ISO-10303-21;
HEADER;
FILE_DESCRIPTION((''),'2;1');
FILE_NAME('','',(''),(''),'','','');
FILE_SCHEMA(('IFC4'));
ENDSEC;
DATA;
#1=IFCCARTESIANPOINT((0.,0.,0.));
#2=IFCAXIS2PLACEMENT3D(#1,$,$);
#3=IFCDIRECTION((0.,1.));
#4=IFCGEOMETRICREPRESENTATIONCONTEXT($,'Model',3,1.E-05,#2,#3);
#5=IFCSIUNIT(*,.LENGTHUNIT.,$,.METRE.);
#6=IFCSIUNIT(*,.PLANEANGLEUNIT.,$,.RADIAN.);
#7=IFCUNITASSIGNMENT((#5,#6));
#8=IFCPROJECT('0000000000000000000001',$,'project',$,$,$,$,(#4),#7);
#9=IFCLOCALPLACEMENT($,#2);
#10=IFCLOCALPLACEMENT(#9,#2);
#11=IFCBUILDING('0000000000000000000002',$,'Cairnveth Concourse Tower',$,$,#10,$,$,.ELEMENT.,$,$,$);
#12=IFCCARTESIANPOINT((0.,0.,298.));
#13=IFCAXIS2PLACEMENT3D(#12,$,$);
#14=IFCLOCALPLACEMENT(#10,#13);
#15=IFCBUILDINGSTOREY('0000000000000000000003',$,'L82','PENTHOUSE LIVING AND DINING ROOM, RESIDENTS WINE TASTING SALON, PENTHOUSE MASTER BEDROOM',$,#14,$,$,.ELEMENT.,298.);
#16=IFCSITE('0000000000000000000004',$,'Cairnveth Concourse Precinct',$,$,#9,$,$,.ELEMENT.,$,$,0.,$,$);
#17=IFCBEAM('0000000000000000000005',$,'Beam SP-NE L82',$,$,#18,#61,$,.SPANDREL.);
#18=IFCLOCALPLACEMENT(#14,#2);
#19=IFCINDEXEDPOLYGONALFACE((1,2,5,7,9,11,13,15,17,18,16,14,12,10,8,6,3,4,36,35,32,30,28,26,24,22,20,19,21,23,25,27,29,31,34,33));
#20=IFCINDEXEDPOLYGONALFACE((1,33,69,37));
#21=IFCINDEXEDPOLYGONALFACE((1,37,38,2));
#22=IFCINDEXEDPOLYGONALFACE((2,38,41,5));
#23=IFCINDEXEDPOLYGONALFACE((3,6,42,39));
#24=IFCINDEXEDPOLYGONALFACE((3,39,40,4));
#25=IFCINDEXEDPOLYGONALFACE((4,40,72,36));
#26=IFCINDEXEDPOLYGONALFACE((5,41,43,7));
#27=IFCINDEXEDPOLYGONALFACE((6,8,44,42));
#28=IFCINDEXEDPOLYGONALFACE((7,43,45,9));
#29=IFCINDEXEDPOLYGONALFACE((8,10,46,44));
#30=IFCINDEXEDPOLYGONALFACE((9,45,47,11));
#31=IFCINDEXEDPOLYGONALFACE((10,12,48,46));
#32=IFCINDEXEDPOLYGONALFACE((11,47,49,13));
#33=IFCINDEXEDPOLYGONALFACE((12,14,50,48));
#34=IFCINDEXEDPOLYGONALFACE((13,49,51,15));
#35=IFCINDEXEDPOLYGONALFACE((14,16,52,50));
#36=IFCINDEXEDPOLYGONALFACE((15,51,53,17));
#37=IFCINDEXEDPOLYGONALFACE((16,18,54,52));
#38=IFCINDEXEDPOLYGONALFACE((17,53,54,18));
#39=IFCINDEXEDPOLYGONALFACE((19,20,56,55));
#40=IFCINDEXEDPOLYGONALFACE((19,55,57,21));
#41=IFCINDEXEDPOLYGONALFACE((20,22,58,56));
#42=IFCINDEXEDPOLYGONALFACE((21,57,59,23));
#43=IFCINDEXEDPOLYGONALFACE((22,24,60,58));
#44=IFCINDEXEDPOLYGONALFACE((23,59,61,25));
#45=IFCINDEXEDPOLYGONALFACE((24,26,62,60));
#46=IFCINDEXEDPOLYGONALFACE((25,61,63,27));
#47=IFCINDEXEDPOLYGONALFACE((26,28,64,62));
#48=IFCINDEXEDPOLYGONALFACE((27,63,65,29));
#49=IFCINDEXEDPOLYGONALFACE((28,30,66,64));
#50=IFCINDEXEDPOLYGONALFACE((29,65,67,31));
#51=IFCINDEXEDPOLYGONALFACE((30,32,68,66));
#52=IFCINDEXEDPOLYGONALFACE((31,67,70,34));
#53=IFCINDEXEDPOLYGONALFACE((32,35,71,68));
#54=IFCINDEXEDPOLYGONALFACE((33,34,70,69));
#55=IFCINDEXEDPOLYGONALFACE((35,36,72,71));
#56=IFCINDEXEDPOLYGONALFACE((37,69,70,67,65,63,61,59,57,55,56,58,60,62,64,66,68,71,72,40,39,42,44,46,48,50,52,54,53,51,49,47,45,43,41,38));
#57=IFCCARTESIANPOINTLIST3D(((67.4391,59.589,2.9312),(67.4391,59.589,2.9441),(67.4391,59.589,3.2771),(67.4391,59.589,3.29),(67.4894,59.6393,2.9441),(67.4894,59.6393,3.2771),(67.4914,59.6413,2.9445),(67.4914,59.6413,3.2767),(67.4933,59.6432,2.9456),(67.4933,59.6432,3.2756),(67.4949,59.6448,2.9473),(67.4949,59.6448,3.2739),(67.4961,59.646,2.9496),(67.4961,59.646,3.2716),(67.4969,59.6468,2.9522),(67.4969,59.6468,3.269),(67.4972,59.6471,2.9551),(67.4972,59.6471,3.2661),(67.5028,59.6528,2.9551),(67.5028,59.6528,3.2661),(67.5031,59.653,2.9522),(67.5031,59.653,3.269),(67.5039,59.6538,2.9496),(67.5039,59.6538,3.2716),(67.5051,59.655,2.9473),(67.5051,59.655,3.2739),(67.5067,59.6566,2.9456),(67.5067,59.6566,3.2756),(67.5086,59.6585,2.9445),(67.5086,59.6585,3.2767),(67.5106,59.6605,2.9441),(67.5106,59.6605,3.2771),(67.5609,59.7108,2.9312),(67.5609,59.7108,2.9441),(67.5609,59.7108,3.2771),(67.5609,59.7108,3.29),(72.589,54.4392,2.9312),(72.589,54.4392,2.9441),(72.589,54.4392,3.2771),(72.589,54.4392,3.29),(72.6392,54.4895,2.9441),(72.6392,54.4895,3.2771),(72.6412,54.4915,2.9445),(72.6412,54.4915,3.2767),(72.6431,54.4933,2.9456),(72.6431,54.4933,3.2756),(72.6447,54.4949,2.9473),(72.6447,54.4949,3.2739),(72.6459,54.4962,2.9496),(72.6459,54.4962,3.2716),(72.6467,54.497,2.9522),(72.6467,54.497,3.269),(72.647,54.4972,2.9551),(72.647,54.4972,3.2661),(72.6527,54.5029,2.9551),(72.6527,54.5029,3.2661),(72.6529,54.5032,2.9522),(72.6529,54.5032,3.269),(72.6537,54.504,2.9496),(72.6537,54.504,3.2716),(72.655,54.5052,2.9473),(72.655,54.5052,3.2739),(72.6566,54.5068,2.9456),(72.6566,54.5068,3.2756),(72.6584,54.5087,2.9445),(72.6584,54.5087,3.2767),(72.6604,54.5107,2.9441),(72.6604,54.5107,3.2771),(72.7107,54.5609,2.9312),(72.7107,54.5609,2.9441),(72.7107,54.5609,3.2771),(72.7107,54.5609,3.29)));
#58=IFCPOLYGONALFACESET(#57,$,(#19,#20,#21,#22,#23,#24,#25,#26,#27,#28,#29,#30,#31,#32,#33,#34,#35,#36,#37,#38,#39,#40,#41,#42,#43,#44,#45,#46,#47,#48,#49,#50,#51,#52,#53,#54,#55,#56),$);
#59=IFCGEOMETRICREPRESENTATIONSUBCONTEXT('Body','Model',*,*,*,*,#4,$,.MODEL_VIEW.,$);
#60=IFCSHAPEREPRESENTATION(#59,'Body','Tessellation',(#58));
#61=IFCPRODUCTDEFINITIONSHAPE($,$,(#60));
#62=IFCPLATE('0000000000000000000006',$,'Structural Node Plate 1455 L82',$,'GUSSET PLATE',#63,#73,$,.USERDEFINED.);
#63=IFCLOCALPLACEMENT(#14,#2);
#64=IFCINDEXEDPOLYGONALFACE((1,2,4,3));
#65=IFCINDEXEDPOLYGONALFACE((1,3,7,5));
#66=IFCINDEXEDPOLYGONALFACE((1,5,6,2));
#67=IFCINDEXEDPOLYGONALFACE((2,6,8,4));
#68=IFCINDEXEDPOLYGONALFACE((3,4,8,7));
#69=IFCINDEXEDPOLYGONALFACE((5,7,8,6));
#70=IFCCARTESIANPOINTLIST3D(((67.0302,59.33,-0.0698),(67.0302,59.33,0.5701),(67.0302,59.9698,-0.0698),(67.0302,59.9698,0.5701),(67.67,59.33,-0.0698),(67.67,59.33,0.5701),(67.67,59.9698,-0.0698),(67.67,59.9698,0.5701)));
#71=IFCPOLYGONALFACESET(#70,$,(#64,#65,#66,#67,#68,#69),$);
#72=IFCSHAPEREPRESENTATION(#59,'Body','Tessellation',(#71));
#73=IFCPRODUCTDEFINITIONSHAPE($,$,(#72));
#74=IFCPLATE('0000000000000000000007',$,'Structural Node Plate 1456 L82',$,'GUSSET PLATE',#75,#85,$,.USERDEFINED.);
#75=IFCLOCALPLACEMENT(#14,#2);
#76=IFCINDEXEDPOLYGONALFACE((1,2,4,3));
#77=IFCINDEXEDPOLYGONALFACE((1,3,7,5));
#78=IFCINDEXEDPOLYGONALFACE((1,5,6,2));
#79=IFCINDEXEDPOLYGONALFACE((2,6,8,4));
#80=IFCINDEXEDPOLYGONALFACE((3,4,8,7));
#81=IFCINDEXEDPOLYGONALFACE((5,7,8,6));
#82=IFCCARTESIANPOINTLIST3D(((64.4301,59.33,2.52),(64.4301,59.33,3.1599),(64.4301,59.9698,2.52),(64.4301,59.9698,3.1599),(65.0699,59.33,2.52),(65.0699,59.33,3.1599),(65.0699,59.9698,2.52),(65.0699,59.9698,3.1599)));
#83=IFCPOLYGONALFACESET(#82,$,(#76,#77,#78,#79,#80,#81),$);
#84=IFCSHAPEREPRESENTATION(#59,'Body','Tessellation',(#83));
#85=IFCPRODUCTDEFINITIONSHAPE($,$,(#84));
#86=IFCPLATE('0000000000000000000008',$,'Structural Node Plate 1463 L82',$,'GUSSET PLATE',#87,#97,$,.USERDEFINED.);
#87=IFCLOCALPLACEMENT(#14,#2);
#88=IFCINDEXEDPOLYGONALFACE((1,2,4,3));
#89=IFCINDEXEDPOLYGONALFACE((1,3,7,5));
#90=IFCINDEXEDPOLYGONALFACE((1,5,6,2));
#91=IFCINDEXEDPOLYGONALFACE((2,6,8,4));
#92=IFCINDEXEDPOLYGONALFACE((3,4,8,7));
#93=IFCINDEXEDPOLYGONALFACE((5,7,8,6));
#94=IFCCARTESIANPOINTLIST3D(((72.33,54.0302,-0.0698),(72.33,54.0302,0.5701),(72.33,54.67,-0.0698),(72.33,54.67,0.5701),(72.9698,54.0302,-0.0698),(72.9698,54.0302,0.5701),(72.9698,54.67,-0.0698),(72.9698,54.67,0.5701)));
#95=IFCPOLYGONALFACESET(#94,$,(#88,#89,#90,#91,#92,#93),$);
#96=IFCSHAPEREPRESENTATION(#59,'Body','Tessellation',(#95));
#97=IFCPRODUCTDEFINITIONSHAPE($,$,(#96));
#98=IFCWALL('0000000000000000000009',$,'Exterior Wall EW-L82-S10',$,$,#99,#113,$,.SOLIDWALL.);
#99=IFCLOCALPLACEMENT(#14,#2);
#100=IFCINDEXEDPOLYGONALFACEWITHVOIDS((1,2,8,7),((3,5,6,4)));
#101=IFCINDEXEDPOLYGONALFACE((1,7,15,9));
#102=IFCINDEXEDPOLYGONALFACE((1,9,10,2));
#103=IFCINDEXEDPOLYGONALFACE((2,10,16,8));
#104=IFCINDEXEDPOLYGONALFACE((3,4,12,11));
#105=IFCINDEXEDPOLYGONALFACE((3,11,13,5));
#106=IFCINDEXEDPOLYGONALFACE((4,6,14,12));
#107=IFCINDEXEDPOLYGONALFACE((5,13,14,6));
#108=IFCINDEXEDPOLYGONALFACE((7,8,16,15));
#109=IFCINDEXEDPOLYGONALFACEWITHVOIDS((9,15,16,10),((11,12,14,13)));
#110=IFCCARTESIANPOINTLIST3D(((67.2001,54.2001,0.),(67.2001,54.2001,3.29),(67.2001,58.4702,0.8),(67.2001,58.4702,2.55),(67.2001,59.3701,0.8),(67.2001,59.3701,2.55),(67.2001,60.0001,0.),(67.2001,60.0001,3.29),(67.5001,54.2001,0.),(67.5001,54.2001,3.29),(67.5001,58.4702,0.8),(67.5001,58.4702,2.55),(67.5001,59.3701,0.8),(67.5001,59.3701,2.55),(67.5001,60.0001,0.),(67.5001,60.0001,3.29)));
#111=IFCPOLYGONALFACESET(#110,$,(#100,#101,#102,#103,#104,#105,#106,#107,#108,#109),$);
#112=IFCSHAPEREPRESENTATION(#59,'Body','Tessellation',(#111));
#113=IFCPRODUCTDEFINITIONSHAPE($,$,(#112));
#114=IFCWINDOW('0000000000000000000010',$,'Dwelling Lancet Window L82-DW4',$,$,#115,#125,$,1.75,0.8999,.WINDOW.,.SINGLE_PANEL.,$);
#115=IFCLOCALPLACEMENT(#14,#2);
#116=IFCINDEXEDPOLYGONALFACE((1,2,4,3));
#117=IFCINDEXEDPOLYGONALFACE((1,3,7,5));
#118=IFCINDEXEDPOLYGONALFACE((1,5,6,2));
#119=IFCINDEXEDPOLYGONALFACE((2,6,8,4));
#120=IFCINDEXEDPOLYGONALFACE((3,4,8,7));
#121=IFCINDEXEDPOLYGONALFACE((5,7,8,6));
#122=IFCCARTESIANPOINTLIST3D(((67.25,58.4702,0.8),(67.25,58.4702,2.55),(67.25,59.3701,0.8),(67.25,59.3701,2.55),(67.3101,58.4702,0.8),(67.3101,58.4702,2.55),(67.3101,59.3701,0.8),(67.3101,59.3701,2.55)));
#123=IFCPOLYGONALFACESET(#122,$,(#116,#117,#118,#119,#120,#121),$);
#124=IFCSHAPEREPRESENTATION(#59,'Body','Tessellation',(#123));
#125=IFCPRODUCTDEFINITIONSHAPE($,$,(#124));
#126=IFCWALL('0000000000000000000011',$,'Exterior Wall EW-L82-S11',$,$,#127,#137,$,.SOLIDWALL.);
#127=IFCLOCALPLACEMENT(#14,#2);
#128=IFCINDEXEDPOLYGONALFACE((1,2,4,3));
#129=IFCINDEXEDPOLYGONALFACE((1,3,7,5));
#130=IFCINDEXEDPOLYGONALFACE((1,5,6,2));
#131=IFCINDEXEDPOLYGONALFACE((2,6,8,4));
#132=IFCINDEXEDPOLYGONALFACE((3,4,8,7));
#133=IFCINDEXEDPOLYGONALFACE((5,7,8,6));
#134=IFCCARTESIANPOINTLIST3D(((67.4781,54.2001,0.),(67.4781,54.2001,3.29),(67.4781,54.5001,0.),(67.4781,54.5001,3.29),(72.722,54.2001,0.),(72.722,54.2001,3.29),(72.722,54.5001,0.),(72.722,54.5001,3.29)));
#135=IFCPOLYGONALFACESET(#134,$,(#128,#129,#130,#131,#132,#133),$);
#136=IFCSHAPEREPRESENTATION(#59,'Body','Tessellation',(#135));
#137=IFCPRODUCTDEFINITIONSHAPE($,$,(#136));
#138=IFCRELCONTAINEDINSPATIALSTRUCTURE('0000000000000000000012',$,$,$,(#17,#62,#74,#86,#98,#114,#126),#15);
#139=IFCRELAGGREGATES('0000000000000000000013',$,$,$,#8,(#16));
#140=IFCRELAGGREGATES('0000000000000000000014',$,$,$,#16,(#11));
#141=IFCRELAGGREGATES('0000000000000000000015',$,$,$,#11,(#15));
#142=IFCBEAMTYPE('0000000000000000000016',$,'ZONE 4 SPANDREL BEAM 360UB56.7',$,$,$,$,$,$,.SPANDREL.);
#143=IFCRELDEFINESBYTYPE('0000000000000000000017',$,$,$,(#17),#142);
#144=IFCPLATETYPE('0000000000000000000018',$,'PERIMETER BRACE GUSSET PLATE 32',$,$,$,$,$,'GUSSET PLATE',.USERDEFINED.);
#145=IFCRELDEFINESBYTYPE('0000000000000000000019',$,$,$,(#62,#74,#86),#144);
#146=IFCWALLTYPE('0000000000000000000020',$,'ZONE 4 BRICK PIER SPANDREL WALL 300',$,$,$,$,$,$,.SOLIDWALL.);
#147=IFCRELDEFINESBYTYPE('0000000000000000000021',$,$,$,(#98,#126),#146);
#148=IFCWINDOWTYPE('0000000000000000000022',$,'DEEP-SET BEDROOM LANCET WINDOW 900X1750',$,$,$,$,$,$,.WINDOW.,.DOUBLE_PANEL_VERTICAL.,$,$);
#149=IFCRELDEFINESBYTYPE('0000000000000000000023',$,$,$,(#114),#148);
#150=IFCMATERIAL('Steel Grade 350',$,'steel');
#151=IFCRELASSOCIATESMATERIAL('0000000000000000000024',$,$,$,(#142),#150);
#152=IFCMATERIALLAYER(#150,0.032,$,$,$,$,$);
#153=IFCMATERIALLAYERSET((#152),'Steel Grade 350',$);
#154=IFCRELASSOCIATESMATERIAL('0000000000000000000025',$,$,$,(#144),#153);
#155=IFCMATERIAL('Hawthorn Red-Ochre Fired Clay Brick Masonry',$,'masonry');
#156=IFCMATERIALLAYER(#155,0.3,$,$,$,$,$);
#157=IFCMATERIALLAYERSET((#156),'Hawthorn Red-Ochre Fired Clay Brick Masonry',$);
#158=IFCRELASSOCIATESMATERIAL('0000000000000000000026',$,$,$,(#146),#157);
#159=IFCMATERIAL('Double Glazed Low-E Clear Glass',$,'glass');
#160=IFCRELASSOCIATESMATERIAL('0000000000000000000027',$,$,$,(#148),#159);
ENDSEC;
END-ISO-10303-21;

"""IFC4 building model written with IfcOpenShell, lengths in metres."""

from ifc_helpers import new_model, si_unit, direction, frame, frame_2d, origin, origin_2d, place, context, subcontext, project, spatial, rectangle, i_section, extrude, material, layer, layer_set, material_profile, profile_set, type_object, element, fill, save


model = new_model("IFC4")

# Units and contexts
model_context = context("Model", 3, precision=1e-05, world=origin(), true_north=direction((0.0, 1.0)))
body_context = subcontext(model_context, "Body", "Model", "MODEL_VIEW")
ifc_project = project(units=[si_unit("LENGTHUNIT", "METRE"), si_unit("PLANEANGLEUNIT", "RADIAN")], contexts=[model_context])

# Site, building, storey
site_placement = place(None, origin())
site = spatial("IfcSite", under=ifc_project, at=site_placement, Name="Cairnveth Concourse Precinct", CompositionType="ELEMENT", RefElevation=0.0)
building_placement = place(site_placement, origin())
building = spatial("IfcBuilding", under=site, at=building_placement, Name="Cairnveth Concourse Tower", CompositionType="ELEMENT")
storey_placement = place(building_placement, frame((0.0, 0.0, 298.0)))
storey = spatial("IfcBuildingStorey", under=building, at=storey_placement, Name="L82", Description="PENTHOUSE LIVING AND DINING ROOM, RESIDENTS WINE TASTING SALON, PENTHOUSE MASTER BEDROOM", CompositionType="ELEMENT", Elevation=298.0)

# Shared definitions
ifc_material_1 = material(Name="Steel Grade 350", Category="steel")

# Beam
ifc_material_profile_1 = material_profile(ifc_material_1, i_section(OverallWidth=0.1721, OverallDepth=0.3589, WebThickness=0.0081, FlangeThickness=0.0129, FilletRadius=0.011, at=origin_2d()), Name="360UB56.7")
ifc_profile_set_1 = profile_set([ifc_material_profile_1], Name="Steel Grade 350")
beam_type_1 = type_object("IfcBeamType", Name="ZONE 4 SPANDREL BEAM 360UB56.7", PredefinedType="SPANDREL", material=ifc_profile_set_1)
beam_1_placement = place(storey_placement, frame((67.5, 59.6499, 3.1106), z_axis=(0.707107, -0.707107, 0.0), x_axis=(0.707107, 0.707107, 0.0)))
element("IfcBeam", 1, at=beam_1_placement, inside=storey, type_object=beam_type_1, Name="Beam SP-NE L82", PredefinedType="SPANDREL", context=body_context, shape_type="SweptSolid", body=[
    extrude(i_section(OverallWidth=0.1721, OverallDepth=0.3589, WebThickness=0.0081, FlangeThickness=0.0129, FilletRadius=0.011, at=origin_2d()), origin(), (0.0, 0.0, 1.0), 7.283),
])

# Plates
ifc_layer_1 = layer(ifc_material_1, 0.032)
ifc_layer_set_1 = layer_set([ifc_layer_1], Name="Steel Grade 350")
plate_type = type_object("IfcPlateType", Name="PERIMETER BRACE GUSSET PLATE 32", ElementType="GUSSET PLATE", PredefinedType="USERDEFINED", material=ifc_layer_set_1)
for number, where, z_axis, x_axis, name in (
    (2, (67.3501, 59.6499, -0.0698), (0.0, 0.0, 1.0), (1.0, 0.0, 0.0), "Structural Node Plate 1455 L82"),
    (3, (64.75, 59.6499, 2.52), (0.0, 0.0, 1.0), (1.0, 0.0, 0.0), "Structural Node Plate 1456 L82"),
    (4, (72.6499, 54.3501, -0.0698), (0.0, 0.0, 1.0), (1.0, 0.0, 0.0), "Structural Node Plate 1463 L82"),
):
    element("IfcPlate", number, at=place(storey_placement, frame(where, z_axis=z_axis, x_axis=x_axis)), inside=storey, type_object=plate_type, Name=name, ObjectType="GUSSET PLATE", PredefinedType="USERDEFINED", context=body_context, shape_type="SweptSolid", body=[
        extrude(rectangle(XDim=0.6399, YDim=0.6399, at=origin_2d()), origin(), (0.0, 0.0, 1.0), 0.6399),
    ])

# Wall, opening, window
ifc_material_2 = material(Name="Hawthorn Red-Ochre Fired Clay Brick Masonry", Category="masonry")
ifc_layer_2 = layer(ifc_material_2, 0.3)
ifc_layer_set_2 = layer_set([ifc_layer_2], Name="Hawthorn Red-Ochre Fired Clay Brick Masonry")
wall_type = type_object("IfcWallType", Name="ZONE 4 BRICK PIER SPANDREL WALL 300", PredefinedType="SOLIDWALL", material=ifc_layer_set_2)
wall_1_placement = place(storey_placement, frame((67.3501, 60.0, 0.0), z_axis=(0.0, 0.0, 1.0), x_axis=(0.0, -1.0, 0.0)))
wall_1 = element("IfcWall", 5, at=wall_1_placement, inside=storey, type_object=wall_type, Name="Exterior Wall EW-L82-S10", PredefinedType="SOLIDWALL", context=body_context, shape_type="SweptSolid", body=[
    extrude(rectangle(XDim=5.8, YDim=0.3, at=frame_2d((2.8999, 0.0))), origin(), (0.0, 0.0, 1.0), 3.29),
])
opening_1_placement = place(wall_1_placement, frame((0.6299, 0.0, 0.8)))
opening_1 = element("IfcOpeningElement", 6, at=opening_1_placement, cuts=wall_1, PredefinedType="OPENING", context=body_context, shape_type="SweptSolid", body=[
    extrude(rectangle(XDim=0.8999, YDim=1.75, at=frame_2d((0.45, 0.875))), frame((0.0, 0.1599, 0.0), z_axis=(0.0, -1.0, 0.0), x_axis=(1.0, 0.0, 0.0)), (0.0, 0.0, 1.0), 0.3201),
])
ifc_material_3 = material(Name="Double Glazed Low-E Clear Glass", Category="glass")
window_type_1 = type_object("IfcWindowType", Name="DEEP-SET BEDROOM LANCET WINDOW 900X1750", PartitioningType="DOUBLE_PANEL_VERTICAL", PredefinedType="WINDOW", material=ifc_material_3)
window_1_placement = place(opening_1_placement, origin())
window_1 = element("IfcWindow", 7, at=window_1_placement, inside=storey, type_object=window_type_1, Name="Dwelling Lancet Window L82-DW4", OverallHeight=1.75, OverallWidth=0.8999, PartitioningType="SINGLE_PANEL", PredefinedType="WINDOW", context=body_context, shape_type="SweptSolid", body=[
    extrude(rectangle(XDim=0.8999, YDim=1.75, at=frame_2d((0.45, 0.875))), frame((0.0, -0.04, 0.0), z_axis=(0.0, -1.0, 0.0), x_axis=(1.0, 0.0, 0.0)), (0.0, 0.0, 1.0), 0.0601),
])
fill(opening_1, window_1)

# Wall
wall_2_placement = place(storey_placement, frame((67.478, 54.3501, 0.0), z_axis=(0.0, 0.0, 1.0), x_axis=(1.0, 0.0, 0.0)))
element("IfcWall", 8, at=wall_2_placement, inside=storey, type_object=wall_type, Name="Exterior Wall EW-L82-S11", PredefinedType="SOLIDWALL", context=body_context, shape_type="SweptSolid", body=[
    extrude(rectangle(XDim=5.2439, YDim=0.3, at=frame_2d((2.6221, 0.0))), origin(), (0.0, 0.0, 1.0), 3.29),
])

save(model, "model.ifc")
